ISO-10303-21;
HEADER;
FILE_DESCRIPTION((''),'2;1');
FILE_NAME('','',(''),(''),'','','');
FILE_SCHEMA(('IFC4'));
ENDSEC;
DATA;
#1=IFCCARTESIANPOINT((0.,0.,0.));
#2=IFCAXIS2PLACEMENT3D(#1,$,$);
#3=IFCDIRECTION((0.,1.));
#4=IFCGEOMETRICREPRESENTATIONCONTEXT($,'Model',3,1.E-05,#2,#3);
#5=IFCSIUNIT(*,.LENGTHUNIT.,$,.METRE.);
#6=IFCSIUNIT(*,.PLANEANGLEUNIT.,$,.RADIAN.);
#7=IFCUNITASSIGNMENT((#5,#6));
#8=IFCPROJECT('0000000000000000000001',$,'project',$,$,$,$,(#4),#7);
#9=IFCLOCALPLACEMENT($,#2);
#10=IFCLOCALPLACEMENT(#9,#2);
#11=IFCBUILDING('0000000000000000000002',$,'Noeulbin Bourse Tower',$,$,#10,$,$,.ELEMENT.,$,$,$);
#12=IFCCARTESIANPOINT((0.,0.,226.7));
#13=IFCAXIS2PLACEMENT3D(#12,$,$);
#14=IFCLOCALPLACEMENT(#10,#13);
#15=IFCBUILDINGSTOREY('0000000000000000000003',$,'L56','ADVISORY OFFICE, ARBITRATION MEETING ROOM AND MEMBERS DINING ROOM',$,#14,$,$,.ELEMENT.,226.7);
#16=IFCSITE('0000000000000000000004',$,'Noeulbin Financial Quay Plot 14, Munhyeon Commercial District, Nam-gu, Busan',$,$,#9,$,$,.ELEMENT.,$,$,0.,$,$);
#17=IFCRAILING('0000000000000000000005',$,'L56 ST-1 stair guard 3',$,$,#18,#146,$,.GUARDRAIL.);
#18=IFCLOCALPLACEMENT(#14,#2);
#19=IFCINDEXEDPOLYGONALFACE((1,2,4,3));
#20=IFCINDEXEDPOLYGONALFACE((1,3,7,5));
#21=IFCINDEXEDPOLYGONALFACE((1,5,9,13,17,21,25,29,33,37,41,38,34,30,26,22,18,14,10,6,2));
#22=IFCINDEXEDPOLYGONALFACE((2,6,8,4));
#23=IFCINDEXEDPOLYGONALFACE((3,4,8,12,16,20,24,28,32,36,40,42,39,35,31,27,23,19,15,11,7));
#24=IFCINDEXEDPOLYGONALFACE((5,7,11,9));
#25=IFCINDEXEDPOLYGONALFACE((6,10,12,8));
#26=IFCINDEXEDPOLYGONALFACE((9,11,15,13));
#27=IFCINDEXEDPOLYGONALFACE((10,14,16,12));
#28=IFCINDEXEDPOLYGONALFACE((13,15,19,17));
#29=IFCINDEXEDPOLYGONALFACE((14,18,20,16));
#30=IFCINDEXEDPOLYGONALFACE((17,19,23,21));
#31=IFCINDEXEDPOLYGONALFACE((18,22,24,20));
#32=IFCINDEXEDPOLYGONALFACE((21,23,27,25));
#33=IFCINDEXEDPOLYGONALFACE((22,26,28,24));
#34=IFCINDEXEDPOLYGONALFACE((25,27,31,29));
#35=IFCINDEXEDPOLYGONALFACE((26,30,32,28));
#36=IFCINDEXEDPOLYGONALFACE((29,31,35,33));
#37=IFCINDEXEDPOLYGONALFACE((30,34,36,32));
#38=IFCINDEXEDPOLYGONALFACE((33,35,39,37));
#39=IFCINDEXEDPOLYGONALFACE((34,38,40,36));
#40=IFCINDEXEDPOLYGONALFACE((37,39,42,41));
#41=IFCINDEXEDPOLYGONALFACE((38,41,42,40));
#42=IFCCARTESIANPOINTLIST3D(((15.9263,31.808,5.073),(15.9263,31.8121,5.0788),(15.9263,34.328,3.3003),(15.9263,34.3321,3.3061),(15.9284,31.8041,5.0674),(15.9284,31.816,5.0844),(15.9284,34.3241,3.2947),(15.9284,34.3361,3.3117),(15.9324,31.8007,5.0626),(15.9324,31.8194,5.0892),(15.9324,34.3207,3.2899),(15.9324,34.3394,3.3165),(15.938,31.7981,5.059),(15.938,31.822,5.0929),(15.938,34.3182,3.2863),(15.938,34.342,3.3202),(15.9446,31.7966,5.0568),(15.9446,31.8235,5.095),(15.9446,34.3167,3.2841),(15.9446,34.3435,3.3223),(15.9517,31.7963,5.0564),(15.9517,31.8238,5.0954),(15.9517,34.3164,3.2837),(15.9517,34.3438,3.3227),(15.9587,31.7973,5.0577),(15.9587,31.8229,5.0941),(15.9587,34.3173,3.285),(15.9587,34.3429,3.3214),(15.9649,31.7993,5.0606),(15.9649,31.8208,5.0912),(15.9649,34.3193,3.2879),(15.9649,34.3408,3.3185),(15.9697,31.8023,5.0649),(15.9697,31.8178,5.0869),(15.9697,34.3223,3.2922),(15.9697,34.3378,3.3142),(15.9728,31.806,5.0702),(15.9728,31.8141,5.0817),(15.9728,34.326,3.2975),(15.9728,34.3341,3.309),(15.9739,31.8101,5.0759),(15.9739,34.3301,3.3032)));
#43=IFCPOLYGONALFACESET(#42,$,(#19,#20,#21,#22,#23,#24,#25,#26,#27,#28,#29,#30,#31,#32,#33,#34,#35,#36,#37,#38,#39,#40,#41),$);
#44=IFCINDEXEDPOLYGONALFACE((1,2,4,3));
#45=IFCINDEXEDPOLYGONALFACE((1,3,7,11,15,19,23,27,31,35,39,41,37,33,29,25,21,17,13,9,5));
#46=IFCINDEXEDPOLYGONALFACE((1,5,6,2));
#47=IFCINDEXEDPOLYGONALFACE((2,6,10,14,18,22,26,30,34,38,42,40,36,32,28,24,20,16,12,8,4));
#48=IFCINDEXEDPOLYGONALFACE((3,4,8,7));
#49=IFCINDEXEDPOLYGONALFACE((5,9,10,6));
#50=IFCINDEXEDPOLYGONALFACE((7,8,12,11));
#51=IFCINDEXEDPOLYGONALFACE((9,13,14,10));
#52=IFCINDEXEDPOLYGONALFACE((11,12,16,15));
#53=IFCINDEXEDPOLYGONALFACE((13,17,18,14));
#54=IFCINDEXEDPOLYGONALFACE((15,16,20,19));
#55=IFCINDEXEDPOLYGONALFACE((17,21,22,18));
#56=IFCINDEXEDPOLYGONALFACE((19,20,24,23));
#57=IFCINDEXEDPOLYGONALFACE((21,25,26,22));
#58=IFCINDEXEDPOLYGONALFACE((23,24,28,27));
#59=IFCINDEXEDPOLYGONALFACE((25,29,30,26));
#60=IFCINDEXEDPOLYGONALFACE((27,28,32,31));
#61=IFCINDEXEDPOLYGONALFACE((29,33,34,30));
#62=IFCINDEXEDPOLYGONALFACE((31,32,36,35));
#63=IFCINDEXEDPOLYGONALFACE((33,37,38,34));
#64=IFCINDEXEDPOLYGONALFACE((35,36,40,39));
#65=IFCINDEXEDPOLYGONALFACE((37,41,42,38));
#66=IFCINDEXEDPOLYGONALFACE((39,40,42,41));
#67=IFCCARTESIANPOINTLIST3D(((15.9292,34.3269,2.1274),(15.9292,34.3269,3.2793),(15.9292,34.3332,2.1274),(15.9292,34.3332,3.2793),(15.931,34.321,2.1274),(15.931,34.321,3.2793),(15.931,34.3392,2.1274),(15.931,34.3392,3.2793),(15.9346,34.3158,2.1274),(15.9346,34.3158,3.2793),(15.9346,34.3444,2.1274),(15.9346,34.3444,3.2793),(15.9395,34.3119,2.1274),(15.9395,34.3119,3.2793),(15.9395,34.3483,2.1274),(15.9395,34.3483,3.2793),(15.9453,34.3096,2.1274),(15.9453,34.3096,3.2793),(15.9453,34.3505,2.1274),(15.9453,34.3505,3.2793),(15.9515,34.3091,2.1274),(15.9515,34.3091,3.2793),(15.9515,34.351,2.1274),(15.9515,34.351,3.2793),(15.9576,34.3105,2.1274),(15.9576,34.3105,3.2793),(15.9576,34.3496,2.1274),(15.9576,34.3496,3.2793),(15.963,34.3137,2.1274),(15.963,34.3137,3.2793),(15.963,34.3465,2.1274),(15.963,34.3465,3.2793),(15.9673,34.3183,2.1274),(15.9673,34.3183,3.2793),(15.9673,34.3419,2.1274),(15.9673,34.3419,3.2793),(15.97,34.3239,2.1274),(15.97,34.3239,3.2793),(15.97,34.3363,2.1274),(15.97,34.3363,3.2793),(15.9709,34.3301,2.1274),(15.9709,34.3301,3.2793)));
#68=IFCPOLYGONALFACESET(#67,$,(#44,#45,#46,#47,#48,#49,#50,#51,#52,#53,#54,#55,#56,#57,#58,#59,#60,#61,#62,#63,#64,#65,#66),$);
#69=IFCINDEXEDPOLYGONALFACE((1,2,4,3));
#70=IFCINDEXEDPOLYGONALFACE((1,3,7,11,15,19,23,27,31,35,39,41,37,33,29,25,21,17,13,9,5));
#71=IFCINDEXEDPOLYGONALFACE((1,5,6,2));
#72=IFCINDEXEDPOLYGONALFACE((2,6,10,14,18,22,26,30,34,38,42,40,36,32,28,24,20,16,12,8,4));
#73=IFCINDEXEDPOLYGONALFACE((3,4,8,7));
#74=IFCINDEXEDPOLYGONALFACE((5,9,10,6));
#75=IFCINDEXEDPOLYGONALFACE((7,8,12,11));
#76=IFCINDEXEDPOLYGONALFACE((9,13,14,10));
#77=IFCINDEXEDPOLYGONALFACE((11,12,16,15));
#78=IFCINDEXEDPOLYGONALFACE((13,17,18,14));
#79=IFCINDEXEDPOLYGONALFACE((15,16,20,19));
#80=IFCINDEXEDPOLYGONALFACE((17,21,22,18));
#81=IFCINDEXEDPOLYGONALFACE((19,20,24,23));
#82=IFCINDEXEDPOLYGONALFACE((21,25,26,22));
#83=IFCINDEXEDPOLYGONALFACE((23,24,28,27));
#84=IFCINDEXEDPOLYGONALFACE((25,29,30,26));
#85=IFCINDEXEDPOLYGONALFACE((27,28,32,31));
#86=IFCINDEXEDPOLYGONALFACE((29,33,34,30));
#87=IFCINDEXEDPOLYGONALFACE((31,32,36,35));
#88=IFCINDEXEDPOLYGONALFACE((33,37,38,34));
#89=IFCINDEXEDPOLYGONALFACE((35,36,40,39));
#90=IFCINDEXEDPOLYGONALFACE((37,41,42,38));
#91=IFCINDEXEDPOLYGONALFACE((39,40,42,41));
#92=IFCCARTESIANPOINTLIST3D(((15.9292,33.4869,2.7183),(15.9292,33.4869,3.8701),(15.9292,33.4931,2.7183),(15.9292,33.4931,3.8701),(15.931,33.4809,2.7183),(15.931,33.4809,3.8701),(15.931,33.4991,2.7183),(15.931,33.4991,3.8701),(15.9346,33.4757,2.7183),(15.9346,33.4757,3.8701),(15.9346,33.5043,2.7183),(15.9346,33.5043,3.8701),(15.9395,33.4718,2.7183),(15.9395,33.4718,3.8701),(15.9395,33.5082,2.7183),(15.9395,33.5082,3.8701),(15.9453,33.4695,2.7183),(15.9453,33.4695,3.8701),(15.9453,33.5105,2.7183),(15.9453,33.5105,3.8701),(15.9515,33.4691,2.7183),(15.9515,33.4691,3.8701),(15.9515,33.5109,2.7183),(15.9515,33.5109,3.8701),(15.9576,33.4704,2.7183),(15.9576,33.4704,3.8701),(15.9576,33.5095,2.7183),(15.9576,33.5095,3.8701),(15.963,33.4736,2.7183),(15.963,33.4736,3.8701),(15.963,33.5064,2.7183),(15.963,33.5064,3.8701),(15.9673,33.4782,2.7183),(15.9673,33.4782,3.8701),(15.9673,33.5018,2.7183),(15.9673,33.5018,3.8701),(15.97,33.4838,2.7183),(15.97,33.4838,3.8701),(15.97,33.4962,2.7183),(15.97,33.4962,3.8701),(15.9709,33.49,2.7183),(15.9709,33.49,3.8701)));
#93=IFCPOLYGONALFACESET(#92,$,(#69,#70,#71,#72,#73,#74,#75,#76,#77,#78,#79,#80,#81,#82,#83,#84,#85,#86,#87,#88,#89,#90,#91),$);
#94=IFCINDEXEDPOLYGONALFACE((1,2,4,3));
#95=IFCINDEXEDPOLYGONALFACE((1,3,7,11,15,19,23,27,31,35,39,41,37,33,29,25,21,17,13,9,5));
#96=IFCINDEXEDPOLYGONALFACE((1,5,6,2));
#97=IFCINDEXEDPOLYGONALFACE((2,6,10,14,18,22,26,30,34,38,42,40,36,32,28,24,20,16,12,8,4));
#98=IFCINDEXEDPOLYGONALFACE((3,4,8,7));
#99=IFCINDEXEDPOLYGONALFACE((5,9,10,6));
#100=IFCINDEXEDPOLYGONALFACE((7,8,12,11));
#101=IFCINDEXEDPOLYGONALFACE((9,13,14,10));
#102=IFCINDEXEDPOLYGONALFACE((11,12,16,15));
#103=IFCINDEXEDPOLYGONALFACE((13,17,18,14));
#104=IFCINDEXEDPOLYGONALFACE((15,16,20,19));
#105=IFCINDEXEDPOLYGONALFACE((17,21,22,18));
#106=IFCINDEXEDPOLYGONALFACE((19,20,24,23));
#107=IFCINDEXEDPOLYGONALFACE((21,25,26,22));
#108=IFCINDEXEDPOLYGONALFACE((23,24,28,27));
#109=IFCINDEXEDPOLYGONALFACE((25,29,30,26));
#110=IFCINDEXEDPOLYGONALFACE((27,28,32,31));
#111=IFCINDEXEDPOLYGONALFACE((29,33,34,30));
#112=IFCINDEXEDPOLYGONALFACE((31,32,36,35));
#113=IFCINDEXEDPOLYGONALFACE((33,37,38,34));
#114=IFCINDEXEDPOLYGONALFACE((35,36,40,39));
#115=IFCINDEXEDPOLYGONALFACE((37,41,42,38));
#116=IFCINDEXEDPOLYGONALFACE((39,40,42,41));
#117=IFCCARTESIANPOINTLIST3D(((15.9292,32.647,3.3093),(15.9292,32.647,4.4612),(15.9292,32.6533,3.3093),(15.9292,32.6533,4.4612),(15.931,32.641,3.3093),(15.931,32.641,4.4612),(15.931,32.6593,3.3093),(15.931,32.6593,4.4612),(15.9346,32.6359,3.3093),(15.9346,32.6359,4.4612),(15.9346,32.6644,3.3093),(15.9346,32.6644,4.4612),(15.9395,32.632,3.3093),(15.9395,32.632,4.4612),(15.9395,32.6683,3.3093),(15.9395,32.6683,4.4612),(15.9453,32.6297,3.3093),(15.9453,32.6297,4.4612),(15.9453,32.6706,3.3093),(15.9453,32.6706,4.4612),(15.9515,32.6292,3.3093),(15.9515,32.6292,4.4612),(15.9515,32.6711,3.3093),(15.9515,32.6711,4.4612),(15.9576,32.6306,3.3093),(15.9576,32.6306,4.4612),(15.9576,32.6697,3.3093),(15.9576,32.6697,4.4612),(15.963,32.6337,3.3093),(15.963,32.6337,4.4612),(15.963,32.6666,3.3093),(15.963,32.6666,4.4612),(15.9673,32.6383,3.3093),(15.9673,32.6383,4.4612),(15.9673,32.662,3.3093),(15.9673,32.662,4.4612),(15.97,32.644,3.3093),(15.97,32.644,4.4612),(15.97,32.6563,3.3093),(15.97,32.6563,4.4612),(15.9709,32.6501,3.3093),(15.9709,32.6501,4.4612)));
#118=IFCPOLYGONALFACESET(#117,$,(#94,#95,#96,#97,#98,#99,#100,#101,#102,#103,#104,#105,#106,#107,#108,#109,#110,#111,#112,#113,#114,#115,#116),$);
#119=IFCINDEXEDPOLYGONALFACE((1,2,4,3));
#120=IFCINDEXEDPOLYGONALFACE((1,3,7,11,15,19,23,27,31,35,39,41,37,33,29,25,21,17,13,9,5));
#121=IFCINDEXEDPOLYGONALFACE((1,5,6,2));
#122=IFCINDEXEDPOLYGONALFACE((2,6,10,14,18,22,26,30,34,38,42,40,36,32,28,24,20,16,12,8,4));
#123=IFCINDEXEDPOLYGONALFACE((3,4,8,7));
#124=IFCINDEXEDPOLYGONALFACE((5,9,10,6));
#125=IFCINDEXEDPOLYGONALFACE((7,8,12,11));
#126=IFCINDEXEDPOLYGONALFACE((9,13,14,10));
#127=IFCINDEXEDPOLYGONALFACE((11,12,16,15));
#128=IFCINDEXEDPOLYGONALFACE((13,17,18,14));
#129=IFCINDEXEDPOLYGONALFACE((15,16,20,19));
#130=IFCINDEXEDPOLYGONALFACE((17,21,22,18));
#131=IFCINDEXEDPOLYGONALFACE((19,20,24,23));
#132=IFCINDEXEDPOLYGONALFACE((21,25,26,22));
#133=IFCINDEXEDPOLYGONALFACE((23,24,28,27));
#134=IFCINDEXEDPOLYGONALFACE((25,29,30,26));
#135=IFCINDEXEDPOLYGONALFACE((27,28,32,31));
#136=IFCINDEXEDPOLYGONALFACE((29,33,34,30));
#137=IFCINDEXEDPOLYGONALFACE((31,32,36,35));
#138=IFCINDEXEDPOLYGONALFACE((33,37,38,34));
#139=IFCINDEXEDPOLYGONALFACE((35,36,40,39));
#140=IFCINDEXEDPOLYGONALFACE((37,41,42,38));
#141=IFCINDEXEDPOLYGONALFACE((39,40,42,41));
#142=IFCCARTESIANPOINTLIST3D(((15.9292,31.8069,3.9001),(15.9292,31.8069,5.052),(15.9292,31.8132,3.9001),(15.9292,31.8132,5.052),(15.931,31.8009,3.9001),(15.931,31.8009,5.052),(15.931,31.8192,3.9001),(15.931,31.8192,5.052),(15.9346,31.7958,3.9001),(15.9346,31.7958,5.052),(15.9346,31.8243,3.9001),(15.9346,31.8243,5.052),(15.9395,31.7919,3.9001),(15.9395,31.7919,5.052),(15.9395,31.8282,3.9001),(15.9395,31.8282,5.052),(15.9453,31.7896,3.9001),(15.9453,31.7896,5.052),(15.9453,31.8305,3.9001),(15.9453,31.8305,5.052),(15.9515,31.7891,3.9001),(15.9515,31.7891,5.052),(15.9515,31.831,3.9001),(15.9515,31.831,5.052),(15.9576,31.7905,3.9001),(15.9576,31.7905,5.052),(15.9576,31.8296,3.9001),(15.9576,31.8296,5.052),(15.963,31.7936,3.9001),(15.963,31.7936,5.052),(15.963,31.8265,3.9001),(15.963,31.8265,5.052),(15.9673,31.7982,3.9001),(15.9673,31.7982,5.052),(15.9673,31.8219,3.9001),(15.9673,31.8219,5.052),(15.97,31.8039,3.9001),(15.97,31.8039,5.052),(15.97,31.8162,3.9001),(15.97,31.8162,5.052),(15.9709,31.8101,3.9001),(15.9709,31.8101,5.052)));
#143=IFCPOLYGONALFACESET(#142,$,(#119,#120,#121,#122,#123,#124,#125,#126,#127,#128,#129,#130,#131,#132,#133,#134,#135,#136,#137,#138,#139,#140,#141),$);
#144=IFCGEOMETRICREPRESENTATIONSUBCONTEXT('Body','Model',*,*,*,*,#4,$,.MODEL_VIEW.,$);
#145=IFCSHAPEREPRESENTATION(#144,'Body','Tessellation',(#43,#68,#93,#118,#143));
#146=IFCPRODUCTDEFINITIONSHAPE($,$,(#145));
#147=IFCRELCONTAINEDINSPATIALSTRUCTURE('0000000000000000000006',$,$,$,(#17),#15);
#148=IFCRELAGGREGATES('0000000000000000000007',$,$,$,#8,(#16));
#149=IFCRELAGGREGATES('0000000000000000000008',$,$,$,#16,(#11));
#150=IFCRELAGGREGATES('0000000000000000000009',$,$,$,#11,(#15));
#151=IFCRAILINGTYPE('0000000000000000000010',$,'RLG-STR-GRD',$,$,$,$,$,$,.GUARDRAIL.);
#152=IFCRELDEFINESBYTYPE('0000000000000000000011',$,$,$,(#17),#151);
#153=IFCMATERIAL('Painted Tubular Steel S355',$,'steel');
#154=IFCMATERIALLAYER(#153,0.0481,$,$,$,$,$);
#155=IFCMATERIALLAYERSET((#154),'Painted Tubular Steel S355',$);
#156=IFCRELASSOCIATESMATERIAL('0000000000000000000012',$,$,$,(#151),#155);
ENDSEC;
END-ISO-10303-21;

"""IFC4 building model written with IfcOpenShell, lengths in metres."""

from ifc_helpers import new_model, si_unit, direction, frame, origin, origin_2d, place, context, subcontext, project, spatial, circle, extrude, material, layer, layer_set, type_object, element, save


model = new_model("IFC4")

# Units and contexts
model_context = context("Model", 3, precision=1e-05, world=origin(), true_north=direction((0.0, 1.0)))
body_context = subcontext(model_context, "Body", "Model", "MODEL_VIEW")
ifc_project = project(units=[si_unit("LENGTHUNIT", "METRE"), si_unit("PLANEANGLEUNIT", "RADIAN")], contexts=[model_context])

# Site, building, storey
site_placement = place(None, origin())
site = spatial("IfcSite", under=ifc_project, at=site_placement, Name="Noeulbin Financial Quay Plot 14, Munhyeon Commercial District, Nam-gu, Busan", CompositionType="ELEMENT", RefElevation=0.0)
building_placement = place(site_placement, origin())
building = spatial("IfcBuilding", under=site, at=building_placement, Name="Noeulbin Bourse Tower", CompositionType="ELEMENT")
storey_placement = place(building_placement, frame((0.0, 0.0, 226.7)))
storey = spatial("IfcBuildingStorey", under=building, at=storey_placement, Name="L56", Description="ADVISORY OFFICE, ARBITRATION MEETING ROOM AND MEMBERS DINING ROOM", CompositionType="ELEMENT", Elevation=226.7)

# Railing
ifc_material_1 = material(Name="Painted Tubular Steel S355", Category="steel")
ifc_layer_1 = layer(ifc_material_1, 0.0481)
ifc_layer_set_1 = layer_set([ifc_layer_1], Name="Painted Tubular Steel S355")
railing_type_1 = type_object("IfcRailingType", Name="RLG-STR-GRD", PredefinedType="GUARDRAIL", material=ifc_layer_set_1)
railing_1_placement = place(storey_placement, frame((15.95, 34.3301, 2.1274)))
element("IfcRailing", 1, at=railing_1_placement, inside=storey, type_object=railing_type_1, Name="L56 ST-1 stair guard 3", PredefinedType="GUARDRAIL", context=body_context, shape_type="SweptSolid", body=[
    extrude(circle(Radius=0.0239, at=origin_2d()), frame((0.0, 0.0, 1.1758), z_axis=(0.0, -0.817904, 0.575354), x_axis=(1.0, 0.0, 0.0)), (0.0, 0.0, 1.0), 3.0811),
    extrude(circle(Radius=0.021, at=origin_2d()), origin(), (0.0, 0.0, 1.0), 1.1519),
    extrude(circle(Radius=0.021, at=origin_2d()), frame((0.0, -0.8401, 0.5908)), (0.0, 0.0, 1.0), 1.1519),
    extrude(circle(Radius=0.021, at=origin_2d()), frame((0.0, -1.6799, 1.1819)), (0.0, 0.0, 1.0), 1.1519),
    extrude(circle(Radius=0.021, at=origin_2d()), frame((0.0, -2.52, 1.7727)), (0.0, 0.0, 1.0), 1.1519),
])

save(model, "model.ifc")
